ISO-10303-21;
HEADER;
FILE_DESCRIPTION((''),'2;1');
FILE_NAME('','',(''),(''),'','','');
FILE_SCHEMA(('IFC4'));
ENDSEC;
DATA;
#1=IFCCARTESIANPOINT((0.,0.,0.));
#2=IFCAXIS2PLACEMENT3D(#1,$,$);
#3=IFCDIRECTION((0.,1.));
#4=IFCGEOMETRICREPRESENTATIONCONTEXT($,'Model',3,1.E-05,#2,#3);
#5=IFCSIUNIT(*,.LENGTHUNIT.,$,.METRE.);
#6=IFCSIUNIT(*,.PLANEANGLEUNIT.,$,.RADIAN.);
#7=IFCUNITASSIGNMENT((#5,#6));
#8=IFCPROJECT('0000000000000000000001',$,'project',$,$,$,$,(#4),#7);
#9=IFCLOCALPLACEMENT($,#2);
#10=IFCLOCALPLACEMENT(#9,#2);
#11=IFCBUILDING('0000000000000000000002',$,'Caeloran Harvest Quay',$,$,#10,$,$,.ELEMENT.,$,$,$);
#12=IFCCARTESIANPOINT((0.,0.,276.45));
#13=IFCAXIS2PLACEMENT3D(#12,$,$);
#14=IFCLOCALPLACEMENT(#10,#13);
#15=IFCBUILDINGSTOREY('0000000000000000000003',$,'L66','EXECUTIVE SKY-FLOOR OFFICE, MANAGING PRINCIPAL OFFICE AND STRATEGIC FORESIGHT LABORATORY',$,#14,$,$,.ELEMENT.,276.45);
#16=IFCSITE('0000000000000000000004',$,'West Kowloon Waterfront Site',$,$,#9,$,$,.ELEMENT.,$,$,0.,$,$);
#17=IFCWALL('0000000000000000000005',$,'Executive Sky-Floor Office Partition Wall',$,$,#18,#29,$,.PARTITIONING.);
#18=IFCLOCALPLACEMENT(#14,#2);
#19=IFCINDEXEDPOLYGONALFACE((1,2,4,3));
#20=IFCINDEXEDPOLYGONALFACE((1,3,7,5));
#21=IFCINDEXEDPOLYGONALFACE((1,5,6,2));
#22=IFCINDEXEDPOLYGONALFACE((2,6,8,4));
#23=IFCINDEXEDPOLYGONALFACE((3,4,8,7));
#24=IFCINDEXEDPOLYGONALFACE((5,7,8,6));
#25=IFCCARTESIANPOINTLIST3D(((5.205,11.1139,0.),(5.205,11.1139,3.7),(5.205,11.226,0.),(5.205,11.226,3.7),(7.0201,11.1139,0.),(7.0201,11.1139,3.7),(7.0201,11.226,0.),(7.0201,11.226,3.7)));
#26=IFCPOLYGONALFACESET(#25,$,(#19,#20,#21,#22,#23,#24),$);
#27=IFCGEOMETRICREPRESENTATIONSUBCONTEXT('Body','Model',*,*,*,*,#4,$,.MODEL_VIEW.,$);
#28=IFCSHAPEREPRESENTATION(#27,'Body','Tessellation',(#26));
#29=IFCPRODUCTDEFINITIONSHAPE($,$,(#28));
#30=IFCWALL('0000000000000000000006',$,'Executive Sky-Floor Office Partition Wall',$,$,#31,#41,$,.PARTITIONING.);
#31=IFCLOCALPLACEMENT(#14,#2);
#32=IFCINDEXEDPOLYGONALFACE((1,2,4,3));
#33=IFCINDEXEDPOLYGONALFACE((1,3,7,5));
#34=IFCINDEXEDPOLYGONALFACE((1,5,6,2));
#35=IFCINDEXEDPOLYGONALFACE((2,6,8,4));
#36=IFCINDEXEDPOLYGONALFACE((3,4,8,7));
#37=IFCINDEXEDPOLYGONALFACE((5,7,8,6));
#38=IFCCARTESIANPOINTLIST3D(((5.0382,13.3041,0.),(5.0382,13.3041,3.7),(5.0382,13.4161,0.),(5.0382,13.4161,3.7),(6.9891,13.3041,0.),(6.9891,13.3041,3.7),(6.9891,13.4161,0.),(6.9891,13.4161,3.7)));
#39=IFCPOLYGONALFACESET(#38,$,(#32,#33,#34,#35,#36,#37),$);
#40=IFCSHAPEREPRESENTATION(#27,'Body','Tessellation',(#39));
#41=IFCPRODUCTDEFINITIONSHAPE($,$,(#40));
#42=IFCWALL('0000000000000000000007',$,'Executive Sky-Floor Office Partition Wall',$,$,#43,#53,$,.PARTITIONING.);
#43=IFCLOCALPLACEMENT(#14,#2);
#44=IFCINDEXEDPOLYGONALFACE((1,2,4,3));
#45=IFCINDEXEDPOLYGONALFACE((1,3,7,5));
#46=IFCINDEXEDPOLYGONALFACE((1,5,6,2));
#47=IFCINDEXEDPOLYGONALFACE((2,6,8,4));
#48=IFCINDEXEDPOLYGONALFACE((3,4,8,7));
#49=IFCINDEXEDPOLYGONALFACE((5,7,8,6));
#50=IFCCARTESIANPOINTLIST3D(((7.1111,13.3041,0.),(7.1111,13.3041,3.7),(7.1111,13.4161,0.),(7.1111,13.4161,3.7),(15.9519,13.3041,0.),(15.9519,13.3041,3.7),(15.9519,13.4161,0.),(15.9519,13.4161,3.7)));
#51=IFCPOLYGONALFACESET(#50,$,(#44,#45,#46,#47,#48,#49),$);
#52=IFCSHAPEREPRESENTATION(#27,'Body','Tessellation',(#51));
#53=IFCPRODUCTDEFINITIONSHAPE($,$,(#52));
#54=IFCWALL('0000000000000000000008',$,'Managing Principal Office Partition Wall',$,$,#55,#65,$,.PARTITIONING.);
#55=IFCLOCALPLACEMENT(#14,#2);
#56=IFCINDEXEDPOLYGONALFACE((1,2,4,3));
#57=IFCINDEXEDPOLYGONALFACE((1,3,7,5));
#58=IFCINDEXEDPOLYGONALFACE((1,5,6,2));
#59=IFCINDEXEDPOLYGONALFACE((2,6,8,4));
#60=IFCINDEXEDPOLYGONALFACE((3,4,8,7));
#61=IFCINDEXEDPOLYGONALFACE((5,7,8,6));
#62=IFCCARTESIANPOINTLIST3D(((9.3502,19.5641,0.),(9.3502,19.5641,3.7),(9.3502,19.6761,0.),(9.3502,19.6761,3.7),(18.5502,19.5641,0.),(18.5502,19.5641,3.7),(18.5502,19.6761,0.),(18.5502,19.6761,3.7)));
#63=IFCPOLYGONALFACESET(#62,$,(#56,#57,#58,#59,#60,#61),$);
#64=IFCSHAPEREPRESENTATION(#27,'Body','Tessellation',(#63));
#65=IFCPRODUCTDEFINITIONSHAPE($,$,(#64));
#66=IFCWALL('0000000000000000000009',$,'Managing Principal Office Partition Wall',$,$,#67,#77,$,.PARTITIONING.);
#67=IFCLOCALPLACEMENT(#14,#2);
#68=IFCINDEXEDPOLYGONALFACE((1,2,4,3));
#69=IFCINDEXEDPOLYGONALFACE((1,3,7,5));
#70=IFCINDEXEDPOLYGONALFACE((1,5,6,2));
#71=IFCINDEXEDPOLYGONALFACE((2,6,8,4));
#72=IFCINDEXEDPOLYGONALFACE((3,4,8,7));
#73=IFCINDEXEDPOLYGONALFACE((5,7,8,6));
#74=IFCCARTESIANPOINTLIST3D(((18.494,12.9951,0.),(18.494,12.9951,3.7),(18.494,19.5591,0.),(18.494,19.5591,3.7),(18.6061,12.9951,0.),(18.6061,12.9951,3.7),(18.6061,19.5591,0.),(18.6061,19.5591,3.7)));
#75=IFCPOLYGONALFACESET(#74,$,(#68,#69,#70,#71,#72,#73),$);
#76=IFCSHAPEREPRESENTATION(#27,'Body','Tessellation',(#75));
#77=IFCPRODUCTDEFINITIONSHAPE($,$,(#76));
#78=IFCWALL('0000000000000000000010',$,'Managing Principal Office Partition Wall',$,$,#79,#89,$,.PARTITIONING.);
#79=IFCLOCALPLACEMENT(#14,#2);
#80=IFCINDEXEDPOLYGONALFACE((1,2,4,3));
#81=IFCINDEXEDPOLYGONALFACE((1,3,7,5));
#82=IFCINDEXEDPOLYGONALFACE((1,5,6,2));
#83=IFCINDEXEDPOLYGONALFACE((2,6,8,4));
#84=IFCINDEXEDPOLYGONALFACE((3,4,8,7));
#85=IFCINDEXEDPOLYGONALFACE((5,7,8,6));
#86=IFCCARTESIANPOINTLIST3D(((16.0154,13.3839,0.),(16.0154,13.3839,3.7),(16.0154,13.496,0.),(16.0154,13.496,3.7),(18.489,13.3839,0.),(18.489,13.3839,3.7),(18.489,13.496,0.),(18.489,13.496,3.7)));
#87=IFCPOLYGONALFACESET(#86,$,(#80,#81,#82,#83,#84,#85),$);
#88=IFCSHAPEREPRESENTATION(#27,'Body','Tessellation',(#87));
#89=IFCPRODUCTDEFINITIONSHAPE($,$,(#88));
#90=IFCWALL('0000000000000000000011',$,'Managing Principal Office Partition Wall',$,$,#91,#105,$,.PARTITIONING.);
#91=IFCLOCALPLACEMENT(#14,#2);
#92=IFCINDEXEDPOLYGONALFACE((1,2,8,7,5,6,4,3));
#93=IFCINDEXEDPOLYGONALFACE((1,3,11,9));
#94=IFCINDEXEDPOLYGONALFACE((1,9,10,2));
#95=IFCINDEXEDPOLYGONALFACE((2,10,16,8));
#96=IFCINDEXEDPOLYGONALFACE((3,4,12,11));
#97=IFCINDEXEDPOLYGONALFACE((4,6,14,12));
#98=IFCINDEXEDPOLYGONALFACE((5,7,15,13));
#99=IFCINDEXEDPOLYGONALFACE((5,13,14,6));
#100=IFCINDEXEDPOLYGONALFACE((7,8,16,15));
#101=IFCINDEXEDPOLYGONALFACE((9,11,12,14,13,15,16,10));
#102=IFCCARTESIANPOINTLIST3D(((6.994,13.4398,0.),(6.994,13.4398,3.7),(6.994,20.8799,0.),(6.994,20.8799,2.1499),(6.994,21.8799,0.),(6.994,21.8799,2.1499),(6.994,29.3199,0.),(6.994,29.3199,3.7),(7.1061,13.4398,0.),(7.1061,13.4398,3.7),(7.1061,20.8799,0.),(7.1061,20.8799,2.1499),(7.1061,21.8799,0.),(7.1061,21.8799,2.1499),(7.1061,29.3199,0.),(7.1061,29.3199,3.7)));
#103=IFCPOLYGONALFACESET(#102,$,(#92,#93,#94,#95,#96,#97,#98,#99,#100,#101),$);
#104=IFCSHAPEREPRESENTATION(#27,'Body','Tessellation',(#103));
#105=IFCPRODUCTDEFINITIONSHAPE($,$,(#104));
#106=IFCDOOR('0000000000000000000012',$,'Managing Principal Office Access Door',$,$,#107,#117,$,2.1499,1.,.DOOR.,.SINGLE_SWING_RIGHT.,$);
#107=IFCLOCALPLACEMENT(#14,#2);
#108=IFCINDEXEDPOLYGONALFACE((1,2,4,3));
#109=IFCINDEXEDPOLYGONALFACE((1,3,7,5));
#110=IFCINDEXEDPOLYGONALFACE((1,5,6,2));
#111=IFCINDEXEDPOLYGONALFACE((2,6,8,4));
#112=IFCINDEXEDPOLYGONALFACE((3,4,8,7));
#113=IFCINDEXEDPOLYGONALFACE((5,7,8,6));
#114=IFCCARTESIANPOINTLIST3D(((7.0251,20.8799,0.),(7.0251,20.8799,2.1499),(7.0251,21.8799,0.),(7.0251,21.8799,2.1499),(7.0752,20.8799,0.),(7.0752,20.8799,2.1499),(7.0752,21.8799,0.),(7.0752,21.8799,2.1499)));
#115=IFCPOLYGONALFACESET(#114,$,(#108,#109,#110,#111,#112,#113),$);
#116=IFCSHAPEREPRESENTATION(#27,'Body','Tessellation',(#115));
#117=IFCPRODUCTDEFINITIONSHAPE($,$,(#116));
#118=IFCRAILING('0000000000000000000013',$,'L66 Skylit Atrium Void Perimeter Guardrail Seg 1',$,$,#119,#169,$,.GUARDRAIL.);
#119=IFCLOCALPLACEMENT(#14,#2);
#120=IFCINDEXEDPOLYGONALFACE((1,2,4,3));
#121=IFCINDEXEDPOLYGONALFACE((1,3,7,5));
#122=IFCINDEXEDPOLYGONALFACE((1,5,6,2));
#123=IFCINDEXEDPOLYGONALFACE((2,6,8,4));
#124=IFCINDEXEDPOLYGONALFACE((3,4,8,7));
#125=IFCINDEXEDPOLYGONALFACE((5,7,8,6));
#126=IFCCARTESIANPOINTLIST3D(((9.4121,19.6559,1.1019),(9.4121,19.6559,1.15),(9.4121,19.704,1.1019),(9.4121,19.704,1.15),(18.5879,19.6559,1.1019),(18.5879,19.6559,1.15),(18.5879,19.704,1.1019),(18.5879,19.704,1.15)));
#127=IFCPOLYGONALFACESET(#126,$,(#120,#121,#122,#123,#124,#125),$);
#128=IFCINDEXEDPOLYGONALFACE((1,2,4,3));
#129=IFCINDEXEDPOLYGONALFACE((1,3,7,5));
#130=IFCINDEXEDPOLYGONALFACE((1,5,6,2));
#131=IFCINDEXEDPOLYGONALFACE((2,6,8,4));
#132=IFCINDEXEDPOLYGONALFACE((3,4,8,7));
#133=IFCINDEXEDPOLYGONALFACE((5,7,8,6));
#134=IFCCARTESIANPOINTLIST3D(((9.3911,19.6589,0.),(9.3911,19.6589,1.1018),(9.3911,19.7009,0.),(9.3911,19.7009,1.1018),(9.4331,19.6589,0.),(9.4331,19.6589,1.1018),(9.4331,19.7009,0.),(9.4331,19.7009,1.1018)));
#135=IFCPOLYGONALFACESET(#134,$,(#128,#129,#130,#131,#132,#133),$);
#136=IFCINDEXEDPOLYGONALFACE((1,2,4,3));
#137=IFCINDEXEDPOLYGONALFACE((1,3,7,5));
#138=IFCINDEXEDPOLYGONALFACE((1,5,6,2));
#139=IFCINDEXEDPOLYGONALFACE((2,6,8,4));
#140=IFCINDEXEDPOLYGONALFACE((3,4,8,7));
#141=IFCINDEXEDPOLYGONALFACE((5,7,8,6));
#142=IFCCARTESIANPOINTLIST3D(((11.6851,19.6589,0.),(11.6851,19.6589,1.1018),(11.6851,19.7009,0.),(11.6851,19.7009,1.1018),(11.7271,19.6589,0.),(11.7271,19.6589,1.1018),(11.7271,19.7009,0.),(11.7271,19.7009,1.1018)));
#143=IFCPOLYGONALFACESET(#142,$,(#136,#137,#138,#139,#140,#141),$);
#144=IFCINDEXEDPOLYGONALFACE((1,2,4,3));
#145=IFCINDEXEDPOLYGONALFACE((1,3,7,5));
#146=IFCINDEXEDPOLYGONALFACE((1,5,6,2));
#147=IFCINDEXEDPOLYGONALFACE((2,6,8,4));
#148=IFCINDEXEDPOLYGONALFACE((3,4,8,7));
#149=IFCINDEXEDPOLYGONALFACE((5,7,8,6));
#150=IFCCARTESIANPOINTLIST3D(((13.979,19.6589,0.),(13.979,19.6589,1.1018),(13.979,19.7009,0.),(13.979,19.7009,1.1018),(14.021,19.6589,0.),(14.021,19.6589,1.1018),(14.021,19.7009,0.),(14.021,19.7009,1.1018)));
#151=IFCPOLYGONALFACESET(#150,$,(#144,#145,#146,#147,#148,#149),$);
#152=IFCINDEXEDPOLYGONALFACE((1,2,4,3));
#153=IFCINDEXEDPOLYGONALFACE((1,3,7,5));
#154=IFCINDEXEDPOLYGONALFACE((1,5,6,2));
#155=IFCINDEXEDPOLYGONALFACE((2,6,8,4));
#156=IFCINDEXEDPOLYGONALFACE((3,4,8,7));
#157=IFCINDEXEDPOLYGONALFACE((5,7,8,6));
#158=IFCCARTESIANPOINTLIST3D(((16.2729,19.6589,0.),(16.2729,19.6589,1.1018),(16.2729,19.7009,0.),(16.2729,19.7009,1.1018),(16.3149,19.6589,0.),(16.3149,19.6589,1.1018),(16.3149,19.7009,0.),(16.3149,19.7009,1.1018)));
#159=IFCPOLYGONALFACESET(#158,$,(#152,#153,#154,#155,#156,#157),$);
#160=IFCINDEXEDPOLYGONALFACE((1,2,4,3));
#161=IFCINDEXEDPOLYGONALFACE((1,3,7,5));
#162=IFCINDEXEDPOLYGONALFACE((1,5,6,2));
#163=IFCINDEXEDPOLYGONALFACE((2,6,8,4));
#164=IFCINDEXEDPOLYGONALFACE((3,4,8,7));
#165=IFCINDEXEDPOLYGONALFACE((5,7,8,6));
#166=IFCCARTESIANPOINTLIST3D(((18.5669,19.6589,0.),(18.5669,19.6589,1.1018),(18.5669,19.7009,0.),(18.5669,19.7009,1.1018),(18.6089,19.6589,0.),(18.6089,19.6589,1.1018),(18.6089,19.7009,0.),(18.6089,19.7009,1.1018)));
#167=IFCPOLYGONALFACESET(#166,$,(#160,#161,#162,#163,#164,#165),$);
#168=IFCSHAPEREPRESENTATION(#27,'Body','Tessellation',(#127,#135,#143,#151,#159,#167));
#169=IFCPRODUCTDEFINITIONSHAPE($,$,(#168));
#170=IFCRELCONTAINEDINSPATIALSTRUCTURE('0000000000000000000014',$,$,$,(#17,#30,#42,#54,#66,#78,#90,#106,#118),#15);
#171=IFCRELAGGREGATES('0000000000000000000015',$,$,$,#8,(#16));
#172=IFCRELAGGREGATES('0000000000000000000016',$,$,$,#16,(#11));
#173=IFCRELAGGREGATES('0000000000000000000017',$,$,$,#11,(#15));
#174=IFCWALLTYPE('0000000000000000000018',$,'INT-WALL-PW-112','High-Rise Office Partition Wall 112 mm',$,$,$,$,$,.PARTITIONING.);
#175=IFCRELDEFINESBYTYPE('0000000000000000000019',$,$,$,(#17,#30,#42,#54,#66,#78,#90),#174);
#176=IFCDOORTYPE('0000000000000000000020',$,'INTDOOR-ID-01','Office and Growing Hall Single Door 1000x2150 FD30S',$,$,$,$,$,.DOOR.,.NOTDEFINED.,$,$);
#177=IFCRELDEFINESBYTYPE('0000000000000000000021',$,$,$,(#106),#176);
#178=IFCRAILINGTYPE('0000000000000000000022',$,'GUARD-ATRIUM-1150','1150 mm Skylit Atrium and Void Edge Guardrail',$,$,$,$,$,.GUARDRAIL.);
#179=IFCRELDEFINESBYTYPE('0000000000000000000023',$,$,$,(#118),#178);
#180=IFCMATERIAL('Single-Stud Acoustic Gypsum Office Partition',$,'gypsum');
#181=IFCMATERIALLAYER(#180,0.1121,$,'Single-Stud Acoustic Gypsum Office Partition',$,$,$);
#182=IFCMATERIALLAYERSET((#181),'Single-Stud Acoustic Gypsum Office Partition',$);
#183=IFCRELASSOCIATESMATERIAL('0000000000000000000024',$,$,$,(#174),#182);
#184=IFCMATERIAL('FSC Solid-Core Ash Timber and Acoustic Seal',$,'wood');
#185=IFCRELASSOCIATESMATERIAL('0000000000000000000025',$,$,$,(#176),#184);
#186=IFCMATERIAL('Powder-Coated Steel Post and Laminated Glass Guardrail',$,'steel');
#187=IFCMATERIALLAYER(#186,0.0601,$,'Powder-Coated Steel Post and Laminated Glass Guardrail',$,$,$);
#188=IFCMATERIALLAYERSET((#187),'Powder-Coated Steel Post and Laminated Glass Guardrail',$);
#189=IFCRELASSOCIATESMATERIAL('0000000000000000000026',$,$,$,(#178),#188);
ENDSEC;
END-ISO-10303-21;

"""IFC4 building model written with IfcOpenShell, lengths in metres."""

from ifc_helpers import new_model, si_unit, direction, frame, frame_2d, origin, origin_2d, place, context, subcontext, project, spatial, rectangle, extrude, material, layer, layer_set, type_object, element, fill, save


model = new_model("IFC4")

# Units and contexts
model_context = context("Model", 3, precision=1e-05, world=origin(), true_north=direction((0.0, 1.0)))
body_context = subcontext(model_context, "Body", "Model", "MODEL_VIEW")
ifc_project = project(units=[si_unit("LENGTHUNIT", "METRE"), si_unit("PLANEANGLEUNIT", "RADIAN")], contexts=[model_context])

# Site, building, storey
site_placement = place(None, origin())
site = spatial("IfcSite", under=ifc_project, at=site_placement, Name="West Kowloon Waterfront Site", CompositionType="ELEMENT", RefElevation=0.0)
building_placement = place(site_placement, origin())
building = spatial("IfcBuilding", under=site, at=building_placement, Name="Caeloran Harvest Quay", CompositionType="ELEMENT")
storey_placement = place(building_placement, frame((0.0, 0.0, 276.45)))
storey = spatial("IfcBuildingStorey", under=building, at=storey_placement, Name="L66", Description="EXECUTIVE SKY-FLOOR OFFICE, MANAGING PRINCIPAL OFFICE AND STRATEGIC FORESIGHT LABORATORY", CompositionType="ELEMENT", Elevation=276.45)

# Wall
ifc_material_1 = material(Name="Single-Stud Acoustic Gypsum Office Partition", Category="gypsum")
ifc_layer_1 = layer(ifc_material_1, 0.1121, Name="Single-Stud Acoustic Gypsum Office Partition")
ifc_layer_set_1 = layer_set([ifc_layer_1], Name="Single-Stud Acoustic Gypsum Office Partition")
wall_type_1 = type_object("IfcWallType", Name="INT-WALL-PW-112", Description="High-Rise Office Partition Wall 112 mm", PredefinedType="PARTITIONING", material=ifc_layer_set_1)
wall_1_placement = place(storey_placement, frame((5.2048, 11.1699, 0.0), z_axis=(0.0, 0.0, 1.0), x_axis=(1.0, 0.0, 0.0)))
element("IfcWall", 1, at=wall_1_placement, inside=storey, type_object=wall_type_1, Name="Executive Sky-Floor Office Partition Wall", PredefinedType="PARTITIONING", context=body_context, shape_type="SweptSolid", body=[
    extrude(rectangle(XDim=1.8152, YDim=0.1121, at=frame_2d((0.9077, 0.0))), origin(), (0.0, 0.0, 1.0), 3.7),
])

# Shared definitions
ifc_material_2 = material(Name="FSC Solid-Core Ash Timber and Acoustic Seal", Category="wood")
door_type = type_object("IfcDoorType", Name="INTDOOR-ID-01", Description="Office and Growing Hall Single Door 1000x2150 FD30S", OperationType="NOTDEFINED", PredefinedType="DOOR", material=ifc_material_2)

# Walls
wall_2_placement = place(storey_placement, frame((5.0381, 13.3601, 0.0), z_axis=(0.0, 0.0, 1.0), x_axis=(1.0, 0.0, 0.0)))
element("IfcWall", 2, at=wall_2_placement, inside=storey, type_object=wall_type_1, Name="Executive Sky-Floor Office Partition Wall", PredefinedType="PARTITIONING", context=body_context, shape_type="SweptSolid", body=[
    extrude(rectangle(XDim=1.9509, YDim=0.1121, at=frame_2d((0.9756, 0.0))), origin(), (0.0, 0.0, 1.0), 3.7),
])
wall_3_placement = place(storey_placement, frame((7.1111, 13.3601, 0.0), z_axis=(0.0, 0.0, 1.0), x_axis=(1.0, 0.0, 0.0)))
element("IfcWall", 3, at=wall_3_placement, inside=storey, type_object=wall_type_1, Name="Executive Sky-Floor Office Partition Wall", PredefinedType="PARTITIONING", context=body_context, shape_type="SweptSolid", body=[
    extrude(rectangle(XDim=8.8408, YDim=0.1121, at=frame_2d((4.4204, 0.0))), origin(), (0.0, 0.0, 1.0), 3.7),
])
wall_4_placement = place(storey_placement, frame((9.3501, 19.6201, 0.0), z_axis=(0.0, 0.0, 1.0), x_axis=(1.0, 0.0, 0.0)))
element("IfcWall", 4, at=wall_4_placement, inside=storey, type_object=wall_type_1, Name="Managing Principal Office Partition Wall", PredefinedType="PARTITIONING", context=body_context, shape_type="SweptSolid", body=[
    extrude(rectangle(XDim=9.2, YDim=0.1121, at=frame_2d((4.6001, 0.0))), origin(), (0.0, 0.0, 1.0), 3.7),
])
wall_5_placement = place(storey_placement, frame((18.55, 19.5591, 0.0), z_axis=(0.0, 0.0, 1.0), x_axis=(0.0, -1.0, 0.0)))
element("IfcWall", 5, at=wall_5_placement, inside=storey, type_object=wall_type_1, Name="Managing Principal Office Partition Wall", PredefinedType="PARTITIONING", context=body_context, shape_type="SweptSolid", body=[
    extrude(rectangle(XDim=6.564, YDim=0.1121, at=frame_2d((3.282, 0.0))), origin(), (0.0, 0.0, 1.0), 3.7),
])
wall_6_placement = place(storey_placement, frame((18.489, 13.4399, 0.0), z_axis=(0.0, 0.0, 1.0), x_axis=(-1.0, 0.0, 0.0)))
element("IfcWall", 6, at=wall_6_placement, inside=storey, type_object=wall_type_1, Name="Managing Principal Office Partition Wall", PredefinedType="PARTITIONING", context=body_context, shape_type="SweptSolid", body=[
    extrude(rectangle(XDim=2.4736, YDim=0.1121, at=frame_2d((1.2368, 0.0))), origin(), (0.0, 0.0, 1.0), 3.7),
])

# Wall, opening, door
wall_7_placement = place(storey_placement, frame((7.05, 13.4399, 0.0), z_axis=(0.0, 0.0, 1.0), x_axis=(0.0, 1.0, 0.0)))
wall_7 = element("IfcWall", 7, at=wall_7_placement, inside=storey, type_object=wall_type_1, Name="Managing Principal Office Partition Wall", PredefinedType="PARTITIONING", context=body_context, shape_type="SweptSolid", body=[
    extrude(rectangle(XDim=15.8801, YDim=0.1121, at=frame_2d((7.9399, 0.0))), origin(), (0.0, 0.0, 1.0), 3.7),
])
opening_1_placement = place(wall_7_placement, frame((7.4399, 0.0, 0.0)))
opening_1 = element("IfcOpeningElement", 8, at=opening_1_placement, cuts=wall_7, PredefinedType="OPENING", context=body_context, shape_type="SweptSolid", body=[
    extrude(rectangle(XDim=1.0, YDim=2.1499, at=frame_2d((0.5, 1.075))), frame((0.0, 0.0659, 0.0), z_axis=(0.0, -1.0, 0.0), x_axis=(1.0, 0.0, 0.0)), (0.0, 0.0, 1.0), 0.1321),
])
door_1_placement = place(opening_1_placement, origin())
door_1 = element("IfcDoor", 9, at=door_1_placement, inside=storey, type_object=door_type, Name="Managing Principal Office Access Door", OperationType="SINGLE_SWING_RIGHT", OverallHeight=2.1499, OverallWidth=1.0, PredefinedType="DOOR", context=body_context, shape_type="SweptSolid", body=[
    extrude(rectangle(XDim=1.0, YDim=2.1499, at=frame_2d((0.5, 1.075))), frame((0.0, 0.0249, 0.0), z_axis=(0.0, -1.0, 0.0), x_axis=(1.0, 0.0, 0.0)), (0.0, 0.0, 1.0), 0.05),
])
fill(opening_1, door_1)

# Railing
ifc_material_3 = material(Name="Powder-Coated Steel Post and Laminated Glass Guardrail", Category="steel")
ifc_layer_2 = layer(ifc_material_3, 0.0601, Name="Powder-Coated Steel Post and Laminated Glass Guardrail")
ifc_layer_set_2 = layer_set([ifc_layer_2], Name="Powder-Coated Steel Post and Laminated Glass Guardrail")
railing_type = type_object("IfcRailingType", Name="GUARD-ATRIUM-1150", Description="1150 mm Skylit Atrium and Void Edge Guardrail", PredefinedType="GUARDRAIL", material=ifc_layer_set_2)
railing_1_placement = place(storey_placement, frame((9.4121, 19.6799, 0.0)))
element("IfcRailing", 10, at=railing_1_placement, inside=storey, type_object=railing_type, Name="L66 Skylit Atrium Void Perimeter Guardrail Seg 1", PredefinedType="GUARDRAIL", context=body_context, shape_type="SweptSolid", body=[
    extrude(rectangle(XDim=0.0481, YDim=0.0481, at=origin_2d()), frame((0.0, 0.0, 1.126), z_axis=(1.0, 0.0, 0.0), x_axis=(0.0, 1.0, 0.0)), (0.0, 0.0, 1.0), 9.1758),
    extrude(rectangle(XDim=0.042, YDim=0.042, at=origin_2d()), origin(), (0.0, 0.0, 1.0), 1.1018),
    extrude(rectangle(XDim=0.042, YDim=0.042, at=origin_2d()), frame((2.2939, 0.0, 0.0)), (0.0, 0.0, 1.0), 1.1018),
    extrude(rectangle(XDim=0.042, YDim=0.042, at=origin_2d()), frame((4.5879, 0.0, 0.0)), (0.0, 0.0, 1.0), 1.1018),
    extrude(rectangle(XDim=0.042, YDim=0.042, at=origin_2d()), frame((6.8818, 0.0, 0.0)), (0.0, 0.0, 1.0), 1.1018),
    extrude(rectangle(XDim=0.042, YDim=0.042, at=origin_2d()), frame((9.1758, 0.0, 0.0)), (0.0, 0.0, 1.0), 1.1018),
])

save(model, "model.ifc")
